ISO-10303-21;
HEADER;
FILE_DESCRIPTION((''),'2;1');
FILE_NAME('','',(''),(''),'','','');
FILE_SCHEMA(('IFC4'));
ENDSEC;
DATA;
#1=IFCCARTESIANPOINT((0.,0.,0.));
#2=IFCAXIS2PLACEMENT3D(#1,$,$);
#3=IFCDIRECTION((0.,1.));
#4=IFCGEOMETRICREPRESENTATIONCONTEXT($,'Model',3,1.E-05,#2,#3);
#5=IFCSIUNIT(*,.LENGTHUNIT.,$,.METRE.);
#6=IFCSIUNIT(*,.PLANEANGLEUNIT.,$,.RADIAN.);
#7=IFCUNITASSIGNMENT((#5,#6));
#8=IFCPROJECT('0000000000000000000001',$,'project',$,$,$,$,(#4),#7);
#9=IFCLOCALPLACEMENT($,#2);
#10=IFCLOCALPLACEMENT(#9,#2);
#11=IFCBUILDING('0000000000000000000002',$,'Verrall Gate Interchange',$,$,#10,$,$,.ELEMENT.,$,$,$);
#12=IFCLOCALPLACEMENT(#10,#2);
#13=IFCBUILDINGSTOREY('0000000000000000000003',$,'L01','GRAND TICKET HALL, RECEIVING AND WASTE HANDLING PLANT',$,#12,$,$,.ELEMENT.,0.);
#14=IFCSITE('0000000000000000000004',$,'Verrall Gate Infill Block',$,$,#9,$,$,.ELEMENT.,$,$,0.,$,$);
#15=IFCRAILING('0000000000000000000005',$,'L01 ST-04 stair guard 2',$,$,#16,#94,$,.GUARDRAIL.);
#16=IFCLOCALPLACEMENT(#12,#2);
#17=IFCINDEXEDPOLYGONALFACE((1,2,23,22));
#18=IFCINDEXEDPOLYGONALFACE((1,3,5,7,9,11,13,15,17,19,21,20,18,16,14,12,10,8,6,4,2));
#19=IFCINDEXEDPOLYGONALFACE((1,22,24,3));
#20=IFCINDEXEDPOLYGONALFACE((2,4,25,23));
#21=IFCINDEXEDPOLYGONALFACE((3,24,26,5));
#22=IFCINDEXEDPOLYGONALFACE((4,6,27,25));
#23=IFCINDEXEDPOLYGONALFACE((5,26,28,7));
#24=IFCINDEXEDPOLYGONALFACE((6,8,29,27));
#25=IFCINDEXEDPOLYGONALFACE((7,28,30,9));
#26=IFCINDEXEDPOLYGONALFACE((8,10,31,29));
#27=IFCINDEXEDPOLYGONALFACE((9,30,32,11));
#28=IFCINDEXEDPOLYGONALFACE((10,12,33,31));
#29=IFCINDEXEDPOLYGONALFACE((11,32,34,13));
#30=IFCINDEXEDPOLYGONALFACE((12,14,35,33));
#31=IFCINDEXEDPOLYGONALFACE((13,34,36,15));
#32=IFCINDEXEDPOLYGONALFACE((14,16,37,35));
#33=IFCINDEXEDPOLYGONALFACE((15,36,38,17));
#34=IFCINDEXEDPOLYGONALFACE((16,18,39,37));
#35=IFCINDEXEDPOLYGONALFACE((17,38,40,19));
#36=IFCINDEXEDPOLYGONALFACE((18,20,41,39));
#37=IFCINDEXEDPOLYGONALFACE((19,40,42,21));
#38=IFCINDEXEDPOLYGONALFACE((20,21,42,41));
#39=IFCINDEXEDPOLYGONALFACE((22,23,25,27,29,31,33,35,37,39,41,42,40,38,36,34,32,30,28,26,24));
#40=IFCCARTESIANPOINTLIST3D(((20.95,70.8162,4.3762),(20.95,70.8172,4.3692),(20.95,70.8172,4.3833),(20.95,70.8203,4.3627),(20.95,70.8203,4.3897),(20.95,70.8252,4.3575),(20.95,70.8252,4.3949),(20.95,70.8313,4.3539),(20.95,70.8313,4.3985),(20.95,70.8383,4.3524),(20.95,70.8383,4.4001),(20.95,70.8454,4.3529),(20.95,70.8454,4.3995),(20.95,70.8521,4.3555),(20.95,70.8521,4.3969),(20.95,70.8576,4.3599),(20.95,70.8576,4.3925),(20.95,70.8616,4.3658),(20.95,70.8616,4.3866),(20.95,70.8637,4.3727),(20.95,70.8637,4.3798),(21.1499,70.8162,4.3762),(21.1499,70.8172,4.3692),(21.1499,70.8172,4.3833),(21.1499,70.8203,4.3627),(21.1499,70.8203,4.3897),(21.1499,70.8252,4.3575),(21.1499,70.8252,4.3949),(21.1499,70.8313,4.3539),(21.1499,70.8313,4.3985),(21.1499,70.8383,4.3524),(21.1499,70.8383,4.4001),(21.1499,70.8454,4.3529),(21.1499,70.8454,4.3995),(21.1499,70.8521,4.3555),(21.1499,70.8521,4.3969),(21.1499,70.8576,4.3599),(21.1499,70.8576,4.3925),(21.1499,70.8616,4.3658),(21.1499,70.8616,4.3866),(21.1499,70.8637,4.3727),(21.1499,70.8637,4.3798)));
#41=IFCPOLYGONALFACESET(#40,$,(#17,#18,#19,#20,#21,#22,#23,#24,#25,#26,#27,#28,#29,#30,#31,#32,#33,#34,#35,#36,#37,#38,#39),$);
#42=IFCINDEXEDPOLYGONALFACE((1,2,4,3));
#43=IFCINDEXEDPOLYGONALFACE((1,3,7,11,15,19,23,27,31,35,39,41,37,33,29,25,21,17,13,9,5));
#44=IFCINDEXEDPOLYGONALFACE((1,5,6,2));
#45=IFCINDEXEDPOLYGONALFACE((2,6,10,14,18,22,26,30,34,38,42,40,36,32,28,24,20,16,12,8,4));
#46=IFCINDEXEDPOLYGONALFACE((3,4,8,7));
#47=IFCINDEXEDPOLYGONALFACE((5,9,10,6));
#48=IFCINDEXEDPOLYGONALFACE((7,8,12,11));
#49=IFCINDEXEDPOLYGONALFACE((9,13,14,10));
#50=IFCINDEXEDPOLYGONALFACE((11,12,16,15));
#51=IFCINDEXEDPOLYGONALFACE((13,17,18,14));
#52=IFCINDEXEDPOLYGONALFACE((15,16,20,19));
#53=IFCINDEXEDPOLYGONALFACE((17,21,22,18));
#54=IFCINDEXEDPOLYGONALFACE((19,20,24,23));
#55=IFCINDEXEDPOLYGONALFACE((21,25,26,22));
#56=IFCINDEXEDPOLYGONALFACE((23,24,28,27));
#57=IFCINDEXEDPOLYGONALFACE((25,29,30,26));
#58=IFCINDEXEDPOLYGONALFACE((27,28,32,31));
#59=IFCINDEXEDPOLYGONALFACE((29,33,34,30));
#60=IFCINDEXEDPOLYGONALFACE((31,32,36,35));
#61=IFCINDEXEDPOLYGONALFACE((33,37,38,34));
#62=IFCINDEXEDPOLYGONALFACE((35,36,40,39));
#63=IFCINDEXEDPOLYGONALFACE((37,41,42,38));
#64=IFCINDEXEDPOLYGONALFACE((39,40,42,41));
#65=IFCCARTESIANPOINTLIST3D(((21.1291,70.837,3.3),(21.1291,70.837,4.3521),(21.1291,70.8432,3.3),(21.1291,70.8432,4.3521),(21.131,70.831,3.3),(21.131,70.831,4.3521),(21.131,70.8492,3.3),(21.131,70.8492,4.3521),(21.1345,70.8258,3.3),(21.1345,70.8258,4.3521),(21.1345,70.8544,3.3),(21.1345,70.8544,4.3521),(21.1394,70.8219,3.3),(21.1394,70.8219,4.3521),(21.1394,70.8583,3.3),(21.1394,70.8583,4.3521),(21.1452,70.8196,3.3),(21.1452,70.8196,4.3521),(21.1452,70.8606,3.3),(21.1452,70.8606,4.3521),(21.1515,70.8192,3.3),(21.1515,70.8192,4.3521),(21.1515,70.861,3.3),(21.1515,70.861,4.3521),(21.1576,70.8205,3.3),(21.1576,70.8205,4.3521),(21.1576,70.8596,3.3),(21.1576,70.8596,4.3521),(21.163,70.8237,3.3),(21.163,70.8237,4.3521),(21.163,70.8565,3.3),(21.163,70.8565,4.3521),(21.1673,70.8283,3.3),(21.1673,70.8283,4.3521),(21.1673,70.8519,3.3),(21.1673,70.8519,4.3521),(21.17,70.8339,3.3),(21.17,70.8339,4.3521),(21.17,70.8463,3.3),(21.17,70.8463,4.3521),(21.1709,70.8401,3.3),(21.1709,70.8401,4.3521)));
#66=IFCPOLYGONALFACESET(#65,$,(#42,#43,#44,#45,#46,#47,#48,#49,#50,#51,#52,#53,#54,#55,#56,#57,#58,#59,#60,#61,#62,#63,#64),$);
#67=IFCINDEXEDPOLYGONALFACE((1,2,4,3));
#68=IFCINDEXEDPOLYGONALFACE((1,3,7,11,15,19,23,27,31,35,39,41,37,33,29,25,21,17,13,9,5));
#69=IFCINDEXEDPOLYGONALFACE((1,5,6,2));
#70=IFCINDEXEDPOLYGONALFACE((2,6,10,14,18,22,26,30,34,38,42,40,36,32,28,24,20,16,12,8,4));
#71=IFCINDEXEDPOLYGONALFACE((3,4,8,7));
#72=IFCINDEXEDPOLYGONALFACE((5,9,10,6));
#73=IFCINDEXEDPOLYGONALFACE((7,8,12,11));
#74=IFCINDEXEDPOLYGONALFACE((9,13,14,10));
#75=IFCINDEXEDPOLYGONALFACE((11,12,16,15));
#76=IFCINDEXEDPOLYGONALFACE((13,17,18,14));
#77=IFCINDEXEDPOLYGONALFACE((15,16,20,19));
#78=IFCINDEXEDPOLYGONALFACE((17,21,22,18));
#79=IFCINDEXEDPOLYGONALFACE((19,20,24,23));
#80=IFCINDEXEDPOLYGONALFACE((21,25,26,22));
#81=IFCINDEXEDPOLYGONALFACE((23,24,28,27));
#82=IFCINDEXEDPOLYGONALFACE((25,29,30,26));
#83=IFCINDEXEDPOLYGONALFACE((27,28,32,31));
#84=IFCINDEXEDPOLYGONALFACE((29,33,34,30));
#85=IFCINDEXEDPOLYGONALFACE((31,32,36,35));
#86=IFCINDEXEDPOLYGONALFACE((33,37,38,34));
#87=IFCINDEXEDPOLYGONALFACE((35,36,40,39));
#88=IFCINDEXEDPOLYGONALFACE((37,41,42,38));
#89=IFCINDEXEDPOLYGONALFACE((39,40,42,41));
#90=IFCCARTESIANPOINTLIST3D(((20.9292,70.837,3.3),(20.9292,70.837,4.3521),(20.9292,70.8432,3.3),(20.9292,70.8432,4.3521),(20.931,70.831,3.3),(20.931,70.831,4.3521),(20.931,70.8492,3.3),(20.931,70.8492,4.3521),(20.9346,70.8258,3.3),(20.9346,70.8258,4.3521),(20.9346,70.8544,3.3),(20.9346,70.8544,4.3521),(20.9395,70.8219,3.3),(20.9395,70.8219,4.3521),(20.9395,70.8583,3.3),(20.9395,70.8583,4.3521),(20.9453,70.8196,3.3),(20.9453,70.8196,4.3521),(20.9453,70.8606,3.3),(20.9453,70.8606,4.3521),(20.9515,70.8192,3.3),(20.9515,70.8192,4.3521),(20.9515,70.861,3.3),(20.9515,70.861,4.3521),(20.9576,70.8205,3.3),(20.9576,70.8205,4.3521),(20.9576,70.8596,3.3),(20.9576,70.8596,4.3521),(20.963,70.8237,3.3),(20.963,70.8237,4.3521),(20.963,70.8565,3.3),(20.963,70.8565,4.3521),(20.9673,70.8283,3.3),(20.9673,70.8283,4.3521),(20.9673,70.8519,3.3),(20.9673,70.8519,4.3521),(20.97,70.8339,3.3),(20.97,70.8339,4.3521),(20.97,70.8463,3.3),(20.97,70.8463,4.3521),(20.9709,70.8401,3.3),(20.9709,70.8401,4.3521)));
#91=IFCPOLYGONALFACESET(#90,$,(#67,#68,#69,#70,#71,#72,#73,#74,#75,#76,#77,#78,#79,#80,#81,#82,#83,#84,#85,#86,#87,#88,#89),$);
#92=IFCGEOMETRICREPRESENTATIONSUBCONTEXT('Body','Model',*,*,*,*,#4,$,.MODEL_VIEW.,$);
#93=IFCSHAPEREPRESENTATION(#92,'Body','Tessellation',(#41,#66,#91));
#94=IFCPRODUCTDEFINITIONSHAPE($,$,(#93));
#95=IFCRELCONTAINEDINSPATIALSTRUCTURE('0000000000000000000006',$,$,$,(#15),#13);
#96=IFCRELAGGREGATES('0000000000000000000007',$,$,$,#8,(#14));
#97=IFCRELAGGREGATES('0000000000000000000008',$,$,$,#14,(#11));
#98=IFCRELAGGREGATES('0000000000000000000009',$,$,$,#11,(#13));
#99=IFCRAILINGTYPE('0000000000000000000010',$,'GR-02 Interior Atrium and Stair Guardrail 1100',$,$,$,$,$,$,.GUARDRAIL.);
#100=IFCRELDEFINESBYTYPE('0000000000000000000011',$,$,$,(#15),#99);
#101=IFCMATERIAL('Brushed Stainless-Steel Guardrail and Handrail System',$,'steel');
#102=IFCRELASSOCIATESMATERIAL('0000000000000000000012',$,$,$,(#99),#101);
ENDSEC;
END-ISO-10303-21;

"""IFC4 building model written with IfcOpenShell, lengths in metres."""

from ifc_helpers import new_model, si_unit, direction, frame, origin, origin_2d, place, context, subcontext, project, spatial, circle, extrude, material, type_object, element, save


model = new_model("IFC4")

# Units and contexts
model_context = context("Model", 3, precision=1e-05, world=origin(), true_north=direction((0.0, 1.0)))
body_context = subcontext(model_context, "Body", "Model", "MODEL_VIEW")
ifc_project = project(units=[si_unit("LENGTHUNIT", "METRE"), si_unit("PLANEANGLEUNIT", "RADIAN")], contexts=[model_context])

# Site, building, storey
site_placement = place(None, origin())
site = spatial("IfcSite", under=ifc_project, at=site_placement, Name="Verrall Gate Infill Block", CompositionType="ELEMENT", RefElevation=0.0)
building_placement = place(site_placement, origin())
building = spatial("IfcBuilding", under=site, at=building_placement, Name="Verrall Gate Interchange", CompositionType="ELEMENT")
storey_placement = place(building_placement, origin())
storey = spatial("IfcBuildingStorey", under=building, at=storey_placement, Name="L01", Description="GRAND TICKET HALL, RECEIVING AND WASTE HANDLING PLANT", CompositionType="ELEMENT", Elevation=0.0)

# Railing
ifc_material_1 = material(Name="Brushed Stainless-Steel Guardrail and Handrail System", Category="steel")
railing_type_1 = type_object("IfcRailingType", Name="GR-02 Interior Atrium and Stair Guardrail 1100", PredefinedType="GUARDRAIL", material=ifc_material_1)
railing_1_placement = place(storey_placement, frame((21.1499, 70.8401, 3.3)))
element("IfcRailing", 1, at=railing_1_placement, inside=storey, type_object=railing_type_1, Name="L01 ST-04 stair guard 2", PredefinedType="GUARDRAIL", context=body_context, shape_type="SweptSolid", body=[
    extrude(circle(Radius=0.0239, at=origin_2d()), frame((0.0, 0.0, 1.0762), z_axis=(-1.0, 0.0, 0.0), x_axis=(0.0, -1.0, 0.0)), (0.0, 0.0, 1.0), 0.2),
    extrude(circle(Radius=0.021, at=origin_2d()), origin(), (0.0, 0.0, 1.0), 1.052),
    extrude(circle(Radius=0.021, at=origin_2d()), frame((-0.2, 0.0, 0.0)), (0.0, 0.0, 1.0), 1.052),
])

save(model, "model.ifc")
